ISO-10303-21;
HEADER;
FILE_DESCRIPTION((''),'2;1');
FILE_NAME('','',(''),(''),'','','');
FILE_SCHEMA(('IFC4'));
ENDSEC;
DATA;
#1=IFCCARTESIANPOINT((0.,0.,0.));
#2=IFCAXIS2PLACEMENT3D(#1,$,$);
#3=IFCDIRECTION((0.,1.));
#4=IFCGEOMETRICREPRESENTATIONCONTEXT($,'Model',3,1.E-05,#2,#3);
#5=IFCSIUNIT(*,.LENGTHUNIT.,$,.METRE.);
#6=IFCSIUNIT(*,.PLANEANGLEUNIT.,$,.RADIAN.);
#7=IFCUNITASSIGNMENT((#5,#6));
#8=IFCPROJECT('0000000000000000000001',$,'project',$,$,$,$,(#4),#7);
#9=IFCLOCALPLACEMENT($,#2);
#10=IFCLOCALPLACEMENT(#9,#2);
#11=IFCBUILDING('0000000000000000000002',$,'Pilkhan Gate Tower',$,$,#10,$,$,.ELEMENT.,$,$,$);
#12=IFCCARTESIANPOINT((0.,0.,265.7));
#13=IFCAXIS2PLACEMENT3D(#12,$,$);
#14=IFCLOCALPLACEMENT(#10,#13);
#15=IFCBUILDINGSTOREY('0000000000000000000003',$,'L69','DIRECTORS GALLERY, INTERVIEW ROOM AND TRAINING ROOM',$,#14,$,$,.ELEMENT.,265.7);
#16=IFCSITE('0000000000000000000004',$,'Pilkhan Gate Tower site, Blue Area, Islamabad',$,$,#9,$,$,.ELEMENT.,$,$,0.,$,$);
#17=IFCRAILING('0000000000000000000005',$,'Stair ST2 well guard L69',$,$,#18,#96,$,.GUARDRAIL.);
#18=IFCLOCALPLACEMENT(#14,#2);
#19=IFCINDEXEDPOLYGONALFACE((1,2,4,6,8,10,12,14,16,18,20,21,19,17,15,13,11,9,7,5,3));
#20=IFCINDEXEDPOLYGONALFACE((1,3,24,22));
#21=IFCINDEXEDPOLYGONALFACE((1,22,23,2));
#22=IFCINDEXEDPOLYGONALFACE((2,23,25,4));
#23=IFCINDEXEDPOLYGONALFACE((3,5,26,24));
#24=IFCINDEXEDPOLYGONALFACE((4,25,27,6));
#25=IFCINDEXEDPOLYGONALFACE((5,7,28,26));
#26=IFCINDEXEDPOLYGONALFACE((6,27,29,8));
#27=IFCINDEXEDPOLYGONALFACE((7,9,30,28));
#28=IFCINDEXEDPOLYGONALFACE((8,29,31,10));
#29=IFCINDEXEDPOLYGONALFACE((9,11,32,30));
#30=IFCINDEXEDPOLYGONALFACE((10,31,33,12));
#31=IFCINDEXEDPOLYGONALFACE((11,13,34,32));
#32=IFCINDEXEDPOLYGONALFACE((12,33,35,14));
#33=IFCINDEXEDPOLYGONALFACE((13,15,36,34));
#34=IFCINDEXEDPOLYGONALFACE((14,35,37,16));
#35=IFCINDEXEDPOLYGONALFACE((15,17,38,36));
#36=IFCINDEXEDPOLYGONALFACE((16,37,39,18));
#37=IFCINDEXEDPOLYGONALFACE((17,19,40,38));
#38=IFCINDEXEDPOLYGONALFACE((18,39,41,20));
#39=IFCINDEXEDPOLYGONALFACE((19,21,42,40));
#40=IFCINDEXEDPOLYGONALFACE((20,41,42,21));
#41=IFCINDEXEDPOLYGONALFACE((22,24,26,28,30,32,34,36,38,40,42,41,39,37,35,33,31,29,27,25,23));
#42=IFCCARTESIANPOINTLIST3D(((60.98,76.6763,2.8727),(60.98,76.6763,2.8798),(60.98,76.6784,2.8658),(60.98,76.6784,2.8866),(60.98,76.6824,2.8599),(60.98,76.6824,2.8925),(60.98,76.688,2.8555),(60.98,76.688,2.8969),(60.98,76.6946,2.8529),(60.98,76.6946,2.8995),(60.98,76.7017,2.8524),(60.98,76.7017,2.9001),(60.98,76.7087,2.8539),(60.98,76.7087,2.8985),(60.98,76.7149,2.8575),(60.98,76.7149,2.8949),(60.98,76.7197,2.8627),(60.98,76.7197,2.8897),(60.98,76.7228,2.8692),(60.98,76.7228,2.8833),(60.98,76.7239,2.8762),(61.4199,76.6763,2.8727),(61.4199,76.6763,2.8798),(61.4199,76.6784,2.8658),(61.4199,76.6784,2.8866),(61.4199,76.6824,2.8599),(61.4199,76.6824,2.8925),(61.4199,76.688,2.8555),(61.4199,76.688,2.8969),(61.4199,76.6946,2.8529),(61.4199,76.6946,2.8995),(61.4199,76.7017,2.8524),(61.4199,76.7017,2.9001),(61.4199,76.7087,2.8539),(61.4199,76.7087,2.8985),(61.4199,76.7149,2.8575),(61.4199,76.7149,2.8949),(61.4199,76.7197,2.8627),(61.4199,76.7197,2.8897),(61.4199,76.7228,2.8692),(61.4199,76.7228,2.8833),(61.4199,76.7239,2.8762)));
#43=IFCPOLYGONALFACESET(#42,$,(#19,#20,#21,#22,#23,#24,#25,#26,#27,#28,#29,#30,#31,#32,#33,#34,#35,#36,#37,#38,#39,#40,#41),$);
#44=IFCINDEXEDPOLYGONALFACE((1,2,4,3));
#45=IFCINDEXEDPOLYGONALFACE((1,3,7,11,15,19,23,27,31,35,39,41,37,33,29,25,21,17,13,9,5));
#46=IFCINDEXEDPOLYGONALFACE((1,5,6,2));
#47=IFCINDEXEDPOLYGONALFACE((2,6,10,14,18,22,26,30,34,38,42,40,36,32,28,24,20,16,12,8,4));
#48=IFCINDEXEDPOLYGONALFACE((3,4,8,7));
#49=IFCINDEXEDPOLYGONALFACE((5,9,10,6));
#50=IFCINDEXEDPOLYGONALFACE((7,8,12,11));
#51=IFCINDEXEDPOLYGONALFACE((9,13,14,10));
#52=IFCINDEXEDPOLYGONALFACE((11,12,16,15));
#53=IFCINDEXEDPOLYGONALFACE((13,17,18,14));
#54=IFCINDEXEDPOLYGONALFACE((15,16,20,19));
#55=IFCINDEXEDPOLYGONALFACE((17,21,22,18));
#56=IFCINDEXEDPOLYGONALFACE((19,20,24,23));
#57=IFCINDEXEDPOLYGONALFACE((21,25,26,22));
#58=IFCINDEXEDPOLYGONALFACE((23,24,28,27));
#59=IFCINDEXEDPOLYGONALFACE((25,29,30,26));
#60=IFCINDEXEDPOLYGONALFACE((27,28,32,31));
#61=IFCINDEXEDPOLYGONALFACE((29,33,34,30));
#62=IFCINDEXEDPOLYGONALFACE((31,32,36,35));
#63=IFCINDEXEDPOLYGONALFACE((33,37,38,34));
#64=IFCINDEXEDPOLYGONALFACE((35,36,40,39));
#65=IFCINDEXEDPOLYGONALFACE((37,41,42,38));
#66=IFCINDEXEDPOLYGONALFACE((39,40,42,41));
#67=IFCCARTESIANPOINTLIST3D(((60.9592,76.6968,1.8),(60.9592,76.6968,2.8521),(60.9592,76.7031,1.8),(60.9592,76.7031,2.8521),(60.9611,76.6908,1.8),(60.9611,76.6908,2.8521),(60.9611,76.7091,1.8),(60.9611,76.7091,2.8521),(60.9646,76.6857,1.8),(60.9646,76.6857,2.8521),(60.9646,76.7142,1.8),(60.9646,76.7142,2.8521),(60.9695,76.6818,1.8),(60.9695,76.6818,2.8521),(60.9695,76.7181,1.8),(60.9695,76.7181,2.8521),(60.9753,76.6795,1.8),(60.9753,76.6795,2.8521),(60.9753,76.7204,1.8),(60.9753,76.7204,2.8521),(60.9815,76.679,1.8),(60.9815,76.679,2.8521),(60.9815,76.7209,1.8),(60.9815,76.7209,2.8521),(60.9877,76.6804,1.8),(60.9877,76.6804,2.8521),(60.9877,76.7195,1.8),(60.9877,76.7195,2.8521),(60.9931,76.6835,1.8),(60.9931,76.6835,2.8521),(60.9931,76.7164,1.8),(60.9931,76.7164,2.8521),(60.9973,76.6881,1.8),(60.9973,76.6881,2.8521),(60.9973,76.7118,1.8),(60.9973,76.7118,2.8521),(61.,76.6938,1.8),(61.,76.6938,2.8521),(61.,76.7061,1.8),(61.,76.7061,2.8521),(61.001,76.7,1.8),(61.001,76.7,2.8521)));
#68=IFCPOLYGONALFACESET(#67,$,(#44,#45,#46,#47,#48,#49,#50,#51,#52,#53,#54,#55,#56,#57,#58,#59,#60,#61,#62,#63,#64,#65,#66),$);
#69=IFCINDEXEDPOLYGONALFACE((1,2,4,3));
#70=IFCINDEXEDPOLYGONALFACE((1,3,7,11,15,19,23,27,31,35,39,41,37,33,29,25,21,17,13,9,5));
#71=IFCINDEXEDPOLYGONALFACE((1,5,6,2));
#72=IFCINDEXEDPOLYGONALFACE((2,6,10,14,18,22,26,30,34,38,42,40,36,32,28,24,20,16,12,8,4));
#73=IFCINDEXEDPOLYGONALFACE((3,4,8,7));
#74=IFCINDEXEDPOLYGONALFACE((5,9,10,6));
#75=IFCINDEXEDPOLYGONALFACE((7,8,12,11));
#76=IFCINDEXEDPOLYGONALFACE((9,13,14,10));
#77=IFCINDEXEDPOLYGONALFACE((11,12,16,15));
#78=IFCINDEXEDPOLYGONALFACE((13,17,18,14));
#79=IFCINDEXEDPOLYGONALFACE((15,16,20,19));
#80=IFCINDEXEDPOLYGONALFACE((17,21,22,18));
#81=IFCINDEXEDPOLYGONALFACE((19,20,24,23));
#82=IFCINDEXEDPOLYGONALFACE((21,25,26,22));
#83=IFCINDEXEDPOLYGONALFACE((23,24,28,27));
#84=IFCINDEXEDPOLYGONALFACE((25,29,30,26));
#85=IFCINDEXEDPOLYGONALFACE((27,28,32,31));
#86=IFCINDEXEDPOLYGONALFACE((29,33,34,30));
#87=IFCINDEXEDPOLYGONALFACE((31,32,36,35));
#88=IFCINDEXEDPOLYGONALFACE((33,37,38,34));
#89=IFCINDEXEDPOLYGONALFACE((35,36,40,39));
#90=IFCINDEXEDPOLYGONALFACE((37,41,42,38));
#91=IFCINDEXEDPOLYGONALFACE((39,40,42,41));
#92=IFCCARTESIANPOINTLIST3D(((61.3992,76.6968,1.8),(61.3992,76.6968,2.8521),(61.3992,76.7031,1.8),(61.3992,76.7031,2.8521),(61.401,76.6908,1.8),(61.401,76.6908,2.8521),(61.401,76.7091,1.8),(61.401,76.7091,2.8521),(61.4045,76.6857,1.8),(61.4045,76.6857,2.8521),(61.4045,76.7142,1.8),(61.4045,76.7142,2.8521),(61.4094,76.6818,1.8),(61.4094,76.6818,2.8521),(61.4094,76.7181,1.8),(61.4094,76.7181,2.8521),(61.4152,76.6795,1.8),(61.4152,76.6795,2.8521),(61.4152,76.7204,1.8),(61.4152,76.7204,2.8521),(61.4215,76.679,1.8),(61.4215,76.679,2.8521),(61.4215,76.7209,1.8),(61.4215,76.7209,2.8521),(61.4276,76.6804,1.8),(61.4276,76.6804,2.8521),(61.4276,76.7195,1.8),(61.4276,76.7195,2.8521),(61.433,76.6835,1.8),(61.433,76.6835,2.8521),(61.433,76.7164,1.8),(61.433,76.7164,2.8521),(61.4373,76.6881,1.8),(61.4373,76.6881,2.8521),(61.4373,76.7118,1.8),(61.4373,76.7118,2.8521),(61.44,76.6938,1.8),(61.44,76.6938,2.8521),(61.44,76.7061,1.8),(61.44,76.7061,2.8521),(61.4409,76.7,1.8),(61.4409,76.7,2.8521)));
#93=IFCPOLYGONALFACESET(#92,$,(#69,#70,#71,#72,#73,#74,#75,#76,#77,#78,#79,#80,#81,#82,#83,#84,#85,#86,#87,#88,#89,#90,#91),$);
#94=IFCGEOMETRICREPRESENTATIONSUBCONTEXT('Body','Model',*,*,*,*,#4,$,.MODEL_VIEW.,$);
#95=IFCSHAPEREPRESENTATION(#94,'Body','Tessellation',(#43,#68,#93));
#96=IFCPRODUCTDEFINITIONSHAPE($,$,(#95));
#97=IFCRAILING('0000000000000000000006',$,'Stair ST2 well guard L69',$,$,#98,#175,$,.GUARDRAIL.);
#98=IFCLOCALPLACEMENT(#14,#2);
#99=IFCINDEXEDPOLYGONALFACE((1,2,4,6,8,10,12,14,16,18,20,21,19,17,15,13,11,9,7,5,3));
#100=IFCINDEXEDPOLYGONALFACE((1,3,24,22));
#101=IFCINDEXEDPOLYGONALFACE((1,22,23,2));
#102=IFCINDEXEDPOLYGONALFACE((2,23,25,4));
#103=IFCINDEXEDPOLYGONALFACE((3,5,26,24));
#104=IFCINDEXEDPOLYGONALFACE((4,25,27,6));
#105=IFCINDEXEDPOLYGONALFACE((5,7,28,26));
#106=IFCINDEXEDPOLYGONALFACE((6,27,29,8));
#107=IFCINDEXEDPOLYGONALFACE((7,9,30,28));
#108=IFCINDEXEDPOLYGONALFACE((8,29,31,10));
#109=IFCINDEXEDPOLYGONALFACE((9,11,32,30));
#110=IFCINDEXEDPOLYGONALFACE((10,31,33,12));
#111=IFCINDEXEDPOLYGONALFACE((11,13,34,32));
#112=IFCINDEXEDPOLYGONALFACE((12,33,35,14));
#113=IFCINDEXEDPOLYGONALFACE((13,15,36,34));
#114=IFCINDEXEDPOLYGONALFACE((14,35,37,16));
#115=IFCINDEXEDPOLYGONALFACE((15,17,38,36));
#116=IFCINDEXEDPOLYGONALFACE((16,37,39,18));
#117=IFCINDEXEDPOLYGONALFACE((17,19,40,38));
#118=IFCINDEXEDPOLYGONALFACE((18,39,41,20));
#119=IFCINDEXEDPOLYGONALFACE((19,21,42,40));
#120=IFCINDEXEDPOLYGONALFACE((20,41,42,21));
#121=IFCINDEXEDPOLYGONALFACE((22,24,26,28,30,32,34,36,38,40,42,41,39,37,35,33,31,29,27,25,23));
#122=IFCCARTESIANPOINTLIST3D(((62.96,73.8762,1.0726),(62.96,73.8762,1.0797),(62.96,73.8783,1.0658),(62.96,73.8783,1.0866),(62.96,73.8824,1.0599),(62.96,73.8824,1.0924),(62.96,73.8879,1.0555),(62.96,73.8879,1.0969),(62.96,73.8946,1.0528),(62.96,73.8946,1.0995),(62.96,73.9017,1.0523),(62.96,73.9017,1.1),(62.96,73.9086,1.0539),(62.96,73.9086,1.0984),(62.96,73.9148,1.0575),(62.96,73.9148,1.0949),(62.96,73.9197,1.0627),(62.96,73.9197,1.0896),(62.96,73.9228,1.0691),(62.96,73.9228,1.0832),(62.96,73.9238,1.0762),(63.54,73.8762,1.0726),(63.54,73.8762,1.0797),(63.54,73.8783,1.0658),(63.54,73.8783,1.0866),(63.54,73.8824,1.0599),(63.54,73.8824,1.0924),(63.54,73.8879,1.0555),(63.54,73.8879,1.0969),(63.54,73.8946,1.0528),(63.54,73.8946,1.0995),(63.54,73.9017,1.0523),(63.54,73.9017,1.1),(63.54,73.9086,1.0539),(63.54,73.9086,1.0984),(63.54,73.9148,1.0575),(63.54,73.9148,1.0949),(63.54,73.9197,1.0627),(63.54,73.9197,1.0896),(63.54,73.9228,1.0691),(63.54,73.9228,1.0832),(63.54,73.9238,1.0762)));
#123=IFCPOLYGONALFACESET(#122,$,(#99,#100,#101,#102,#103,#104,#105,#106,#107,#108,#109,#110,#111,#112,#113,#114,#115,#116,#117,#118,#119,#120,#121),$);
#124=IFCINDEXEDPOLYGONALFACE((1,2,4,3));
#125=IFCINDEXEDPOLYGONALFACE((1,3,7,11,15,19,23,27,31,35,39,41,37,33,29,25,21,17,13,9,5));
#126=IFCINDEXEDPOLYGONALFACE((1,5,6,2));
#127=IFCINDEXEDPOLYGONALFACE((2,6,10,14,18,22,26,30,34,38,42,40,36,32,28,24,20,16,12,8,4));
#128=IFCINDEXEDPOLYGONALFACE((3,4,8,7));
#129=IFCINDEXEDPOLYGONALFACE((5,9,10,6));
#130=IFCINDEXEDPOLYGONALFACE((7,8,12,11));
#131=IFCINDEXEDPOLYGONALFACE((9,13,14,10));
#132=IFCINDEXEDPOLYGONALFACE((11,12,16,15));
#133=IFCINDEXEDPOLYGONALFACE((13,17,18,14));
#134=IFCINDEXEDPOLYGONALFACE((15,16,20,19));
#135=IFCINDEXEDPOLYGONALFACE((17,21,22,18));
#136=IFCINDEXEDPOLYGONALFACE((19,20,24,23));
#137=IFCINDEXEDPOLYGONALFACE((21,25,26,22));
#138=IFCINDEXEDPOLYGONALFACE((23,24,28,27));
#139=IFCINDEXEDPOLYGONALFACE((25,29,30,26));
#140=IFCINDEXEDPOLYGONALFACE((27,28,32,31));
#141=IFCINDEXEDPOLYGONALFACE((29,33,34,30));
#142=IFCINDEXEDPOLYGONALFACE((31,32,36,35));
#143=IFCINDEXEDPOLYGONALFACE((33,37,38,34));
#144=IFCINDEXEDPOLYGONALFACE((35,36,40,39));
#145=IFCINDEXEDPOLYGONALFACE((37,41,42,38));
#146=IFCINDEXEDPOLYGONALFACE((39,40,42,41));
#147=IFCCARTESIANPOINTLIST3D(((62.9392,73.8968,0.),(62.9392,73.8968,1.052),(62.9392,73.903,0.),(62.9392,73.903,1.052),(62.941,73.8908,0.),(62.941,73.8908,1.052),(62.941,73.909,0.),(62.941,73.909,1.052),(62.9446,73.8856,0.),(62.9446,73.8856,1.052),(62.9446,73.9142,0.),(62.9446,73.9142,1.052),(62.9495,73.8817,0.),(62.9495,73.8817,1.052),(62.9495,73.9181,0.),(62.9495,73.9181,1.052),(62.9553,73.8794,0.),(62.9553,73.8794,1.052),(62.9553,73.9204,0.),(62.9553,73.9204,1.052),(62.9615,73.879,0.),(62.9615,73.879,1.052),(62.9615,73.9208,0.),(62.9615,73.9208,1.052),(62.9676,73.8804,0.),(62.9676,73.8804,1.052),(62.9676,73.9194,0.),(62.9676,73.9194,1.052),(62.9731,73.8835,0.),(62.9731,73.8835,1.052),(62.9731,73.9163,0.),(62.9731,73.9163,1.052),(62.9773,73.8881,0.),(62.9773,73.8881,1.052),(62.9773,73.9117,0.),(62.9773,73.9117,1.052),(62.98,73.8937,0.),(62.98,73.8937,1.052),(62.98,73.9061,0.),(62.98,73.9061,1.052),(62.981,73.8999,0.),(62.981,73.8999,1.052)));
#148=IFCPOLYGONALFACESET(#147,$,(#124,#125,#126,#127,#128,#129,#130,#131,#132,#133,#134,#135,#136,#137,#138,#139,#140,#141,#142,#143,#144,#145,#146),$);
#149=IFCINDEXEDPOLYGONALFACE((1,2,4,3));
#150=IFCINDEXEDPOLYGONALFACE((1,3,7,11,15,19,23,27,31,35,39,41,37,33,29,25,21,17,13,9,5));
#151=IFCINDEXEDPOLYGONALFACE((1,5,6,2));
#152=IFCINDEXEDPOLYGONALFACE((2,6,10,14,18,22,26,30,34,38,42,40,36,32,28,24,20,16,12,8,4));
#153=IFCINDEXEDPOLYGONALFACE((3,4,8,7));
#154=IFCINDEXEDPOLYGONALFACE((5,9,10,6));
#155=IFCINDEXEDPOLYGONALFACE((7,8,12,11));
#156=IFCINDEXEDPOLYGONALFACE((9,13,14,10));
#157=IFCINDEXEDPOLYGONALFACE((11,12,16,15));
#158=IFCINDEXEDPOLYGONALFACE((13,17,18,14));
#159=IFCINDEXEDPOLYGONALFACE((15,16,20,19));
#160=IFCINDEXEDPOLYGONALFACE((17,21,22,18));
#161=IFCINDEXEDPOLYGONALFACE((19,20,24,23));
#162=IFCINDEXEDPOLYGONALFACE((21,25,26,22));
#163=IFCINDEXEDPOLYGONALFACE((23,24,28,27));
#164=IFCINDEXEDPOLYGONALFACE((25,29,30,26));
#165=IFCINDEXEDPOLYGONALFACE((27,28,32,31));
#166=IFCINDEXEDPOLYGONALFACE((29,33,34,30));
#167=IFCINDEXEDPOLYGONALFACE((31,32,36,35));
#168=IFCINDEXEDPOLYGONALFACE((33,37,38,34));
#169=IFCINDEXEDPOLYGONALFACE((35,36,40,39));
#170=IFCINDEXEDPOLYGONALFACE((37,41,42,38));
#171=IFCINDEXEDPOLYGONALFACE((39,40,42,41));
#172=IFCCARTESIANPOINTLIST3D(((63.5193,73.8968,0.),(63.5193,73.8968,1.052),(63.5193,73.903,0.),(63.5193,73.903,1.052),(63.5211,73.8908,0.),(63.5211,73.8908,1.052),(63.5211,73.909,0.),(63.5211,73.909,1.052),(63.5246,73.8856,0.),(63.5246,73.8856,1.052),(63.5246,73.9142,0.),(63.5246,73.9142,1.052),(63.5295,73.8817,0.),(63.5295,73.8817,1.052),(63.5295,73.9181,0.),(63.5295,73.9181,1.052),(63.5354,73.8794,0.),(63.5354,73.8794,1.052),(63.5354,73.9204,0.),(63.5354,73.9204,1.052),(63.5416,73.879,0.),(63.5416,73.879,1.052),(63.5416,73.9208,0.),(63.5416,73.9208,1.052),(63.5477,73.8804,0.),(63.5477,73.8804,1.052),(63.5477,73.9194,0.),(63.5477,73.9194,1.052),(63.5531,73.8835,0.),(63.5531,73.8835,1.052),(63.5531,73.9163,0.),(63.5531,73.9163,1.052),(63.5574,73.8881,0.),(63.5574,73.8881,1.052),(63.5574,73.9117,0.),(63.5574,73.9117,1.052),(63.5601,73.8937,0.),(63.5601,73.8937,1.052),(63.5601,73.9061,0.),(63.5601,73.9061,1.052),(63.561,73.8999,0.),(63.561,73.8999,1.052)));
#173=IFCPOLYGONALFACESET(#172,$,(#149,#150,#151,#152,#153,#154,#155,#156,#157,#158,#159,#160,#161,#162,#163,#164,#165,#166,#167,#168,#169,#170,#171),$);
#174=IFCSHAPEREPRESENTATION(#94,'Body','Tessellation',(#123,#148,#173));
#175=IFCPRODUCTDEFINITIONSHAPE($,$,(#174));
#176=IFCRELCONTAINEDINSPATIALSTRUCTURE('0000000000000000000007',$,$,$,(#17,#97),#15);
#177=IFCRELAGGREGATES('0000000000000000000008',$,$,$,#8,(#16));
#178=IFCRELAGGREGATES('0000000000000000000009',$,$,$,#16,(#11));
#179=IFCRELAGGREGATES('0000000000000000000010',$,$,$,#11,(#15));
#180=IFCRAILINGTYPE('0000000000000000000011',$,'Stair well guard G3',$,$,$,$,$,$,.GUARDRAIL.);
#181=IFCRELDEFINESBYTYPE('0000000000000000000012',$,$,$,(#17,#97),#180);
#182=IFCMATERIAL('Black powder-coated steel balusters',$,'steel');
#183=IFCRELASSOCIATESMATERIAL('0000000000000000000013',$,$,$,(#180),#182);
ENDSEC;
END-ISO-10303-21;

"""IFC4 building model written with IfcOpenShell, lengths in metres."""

from ifc_helpers import new_model, si_unit, direction, frame, origin, origin_2d, place, context, subcontext, project, spatial, circle, extrude, material, type_object, element, save


model = new_model("IFC4")

# Units and contexts
model_context = context("Model", 3, precision=1e-05, world=origin(), true_north=direction((0.0, 1.0)))
body_context = subcontext(model_context, "Body", "Model", "MODEL_VIEW")
ifc_project = project(units=[si_unit("LENGTHUNIT", "METRE"), si_unit("PLANEANGLEUNIT", "RADIAN")], contexts=[model_context])

# Site, building, storey
site_placement = place(None, origin())
site = spatial("IfcSite", under=ifc_project, at=site_placement, Name="Pilkhan Gate Tower site, Blue Area, Islamabad", CompositionType="ELEMENT", RefElevation=0.0)
building_placement = place(site_placement, origin())
building = spatial("IfcBuilding", under=site, at=building_placement, Name="Pilkhan Gate Tower", CompositionType="ELEMENT")
storey_placement = place(building_placement, frame((0.0, 0.0, 265.7)))
storey = spatial("IfcBuildingStorey", under=building, at=storey_placement, Name="L69", Description="DIRECTORS GALLERY, INTERVIEW ROOM AND TRAINING ROOM", CompositionType="ELEMENT", Elevation=265.7)

# Railings
ifc_material_1 = material(Name="Black powder-coated steel balusters", Category="steel")
railing_type_1 = type_object("IfcRailingType", Name="Stair well guard G3", PredefinedType="GUARDRAIL", material=ifc_material_1)
railing_1_placement = place(storey_placement, frame((60.98, 76.7, 1.8)))
element("IfcRailing", 1, at=railing_1_placement, inside=storey, type_object=railing_type_1, Name="Stair ST2 well guard L69", PredefinedType="GUARDRAIL", context=body_context, shape_type="SweptSolid", body=[
    extrude(circle(Radius=0.0239, at=origin_2d()), frame((0.0, 0.0, 1.0762), z_axis=(1.0, 0.0, 0.0), x_axis=(0.0, 1.0, 0.0)), (0.0, 0.0, 1.0), 0.4399),
    extrude(circle(Radius=0.021, at=origin_2d()), origin(), (0.0, 0.0, 1.0), 1.052),
    extrude(circle(Radius=0.021, at=origin_2d()), frame((0.4399, 0.0, 0.0)), (0.0, 0.0, 1.0), 1.052),
])
for number, where, name in (
    (2, (62.96, 73.8999, 0.0), "Stair ST2 well guard L69"),
):
    element("IfcRailing", number, at=place(storey_placement, frame(where)), inside=storey, type_object=railing_type_1, Name=name, PredefinedType="GUARDRAIL", context=body_context, shape_type="SweptSolid", body=[
        extrude(circle(Radius=0.0239, at=origin_2d()), frame((0.0, 0.0, 1.0762), z_axis=(1.0, 0.0, 0.0), x_axis=(0.0, 1.0, 0.0)), (0.0, 0.0, 1.0), 0.5801),
        extrude(circle(Radius=0.021, at=origin_2d()), origin(), (0.0, 0.0, 1.0), 1.052),
        extrude(circle(Radius=0.021, at=origin_2d()), frame((0.5801, 0.0, 0.0)), (0.0, 0.0, 1.0), 1.052),
    ])

save(model, "model.ifc")
